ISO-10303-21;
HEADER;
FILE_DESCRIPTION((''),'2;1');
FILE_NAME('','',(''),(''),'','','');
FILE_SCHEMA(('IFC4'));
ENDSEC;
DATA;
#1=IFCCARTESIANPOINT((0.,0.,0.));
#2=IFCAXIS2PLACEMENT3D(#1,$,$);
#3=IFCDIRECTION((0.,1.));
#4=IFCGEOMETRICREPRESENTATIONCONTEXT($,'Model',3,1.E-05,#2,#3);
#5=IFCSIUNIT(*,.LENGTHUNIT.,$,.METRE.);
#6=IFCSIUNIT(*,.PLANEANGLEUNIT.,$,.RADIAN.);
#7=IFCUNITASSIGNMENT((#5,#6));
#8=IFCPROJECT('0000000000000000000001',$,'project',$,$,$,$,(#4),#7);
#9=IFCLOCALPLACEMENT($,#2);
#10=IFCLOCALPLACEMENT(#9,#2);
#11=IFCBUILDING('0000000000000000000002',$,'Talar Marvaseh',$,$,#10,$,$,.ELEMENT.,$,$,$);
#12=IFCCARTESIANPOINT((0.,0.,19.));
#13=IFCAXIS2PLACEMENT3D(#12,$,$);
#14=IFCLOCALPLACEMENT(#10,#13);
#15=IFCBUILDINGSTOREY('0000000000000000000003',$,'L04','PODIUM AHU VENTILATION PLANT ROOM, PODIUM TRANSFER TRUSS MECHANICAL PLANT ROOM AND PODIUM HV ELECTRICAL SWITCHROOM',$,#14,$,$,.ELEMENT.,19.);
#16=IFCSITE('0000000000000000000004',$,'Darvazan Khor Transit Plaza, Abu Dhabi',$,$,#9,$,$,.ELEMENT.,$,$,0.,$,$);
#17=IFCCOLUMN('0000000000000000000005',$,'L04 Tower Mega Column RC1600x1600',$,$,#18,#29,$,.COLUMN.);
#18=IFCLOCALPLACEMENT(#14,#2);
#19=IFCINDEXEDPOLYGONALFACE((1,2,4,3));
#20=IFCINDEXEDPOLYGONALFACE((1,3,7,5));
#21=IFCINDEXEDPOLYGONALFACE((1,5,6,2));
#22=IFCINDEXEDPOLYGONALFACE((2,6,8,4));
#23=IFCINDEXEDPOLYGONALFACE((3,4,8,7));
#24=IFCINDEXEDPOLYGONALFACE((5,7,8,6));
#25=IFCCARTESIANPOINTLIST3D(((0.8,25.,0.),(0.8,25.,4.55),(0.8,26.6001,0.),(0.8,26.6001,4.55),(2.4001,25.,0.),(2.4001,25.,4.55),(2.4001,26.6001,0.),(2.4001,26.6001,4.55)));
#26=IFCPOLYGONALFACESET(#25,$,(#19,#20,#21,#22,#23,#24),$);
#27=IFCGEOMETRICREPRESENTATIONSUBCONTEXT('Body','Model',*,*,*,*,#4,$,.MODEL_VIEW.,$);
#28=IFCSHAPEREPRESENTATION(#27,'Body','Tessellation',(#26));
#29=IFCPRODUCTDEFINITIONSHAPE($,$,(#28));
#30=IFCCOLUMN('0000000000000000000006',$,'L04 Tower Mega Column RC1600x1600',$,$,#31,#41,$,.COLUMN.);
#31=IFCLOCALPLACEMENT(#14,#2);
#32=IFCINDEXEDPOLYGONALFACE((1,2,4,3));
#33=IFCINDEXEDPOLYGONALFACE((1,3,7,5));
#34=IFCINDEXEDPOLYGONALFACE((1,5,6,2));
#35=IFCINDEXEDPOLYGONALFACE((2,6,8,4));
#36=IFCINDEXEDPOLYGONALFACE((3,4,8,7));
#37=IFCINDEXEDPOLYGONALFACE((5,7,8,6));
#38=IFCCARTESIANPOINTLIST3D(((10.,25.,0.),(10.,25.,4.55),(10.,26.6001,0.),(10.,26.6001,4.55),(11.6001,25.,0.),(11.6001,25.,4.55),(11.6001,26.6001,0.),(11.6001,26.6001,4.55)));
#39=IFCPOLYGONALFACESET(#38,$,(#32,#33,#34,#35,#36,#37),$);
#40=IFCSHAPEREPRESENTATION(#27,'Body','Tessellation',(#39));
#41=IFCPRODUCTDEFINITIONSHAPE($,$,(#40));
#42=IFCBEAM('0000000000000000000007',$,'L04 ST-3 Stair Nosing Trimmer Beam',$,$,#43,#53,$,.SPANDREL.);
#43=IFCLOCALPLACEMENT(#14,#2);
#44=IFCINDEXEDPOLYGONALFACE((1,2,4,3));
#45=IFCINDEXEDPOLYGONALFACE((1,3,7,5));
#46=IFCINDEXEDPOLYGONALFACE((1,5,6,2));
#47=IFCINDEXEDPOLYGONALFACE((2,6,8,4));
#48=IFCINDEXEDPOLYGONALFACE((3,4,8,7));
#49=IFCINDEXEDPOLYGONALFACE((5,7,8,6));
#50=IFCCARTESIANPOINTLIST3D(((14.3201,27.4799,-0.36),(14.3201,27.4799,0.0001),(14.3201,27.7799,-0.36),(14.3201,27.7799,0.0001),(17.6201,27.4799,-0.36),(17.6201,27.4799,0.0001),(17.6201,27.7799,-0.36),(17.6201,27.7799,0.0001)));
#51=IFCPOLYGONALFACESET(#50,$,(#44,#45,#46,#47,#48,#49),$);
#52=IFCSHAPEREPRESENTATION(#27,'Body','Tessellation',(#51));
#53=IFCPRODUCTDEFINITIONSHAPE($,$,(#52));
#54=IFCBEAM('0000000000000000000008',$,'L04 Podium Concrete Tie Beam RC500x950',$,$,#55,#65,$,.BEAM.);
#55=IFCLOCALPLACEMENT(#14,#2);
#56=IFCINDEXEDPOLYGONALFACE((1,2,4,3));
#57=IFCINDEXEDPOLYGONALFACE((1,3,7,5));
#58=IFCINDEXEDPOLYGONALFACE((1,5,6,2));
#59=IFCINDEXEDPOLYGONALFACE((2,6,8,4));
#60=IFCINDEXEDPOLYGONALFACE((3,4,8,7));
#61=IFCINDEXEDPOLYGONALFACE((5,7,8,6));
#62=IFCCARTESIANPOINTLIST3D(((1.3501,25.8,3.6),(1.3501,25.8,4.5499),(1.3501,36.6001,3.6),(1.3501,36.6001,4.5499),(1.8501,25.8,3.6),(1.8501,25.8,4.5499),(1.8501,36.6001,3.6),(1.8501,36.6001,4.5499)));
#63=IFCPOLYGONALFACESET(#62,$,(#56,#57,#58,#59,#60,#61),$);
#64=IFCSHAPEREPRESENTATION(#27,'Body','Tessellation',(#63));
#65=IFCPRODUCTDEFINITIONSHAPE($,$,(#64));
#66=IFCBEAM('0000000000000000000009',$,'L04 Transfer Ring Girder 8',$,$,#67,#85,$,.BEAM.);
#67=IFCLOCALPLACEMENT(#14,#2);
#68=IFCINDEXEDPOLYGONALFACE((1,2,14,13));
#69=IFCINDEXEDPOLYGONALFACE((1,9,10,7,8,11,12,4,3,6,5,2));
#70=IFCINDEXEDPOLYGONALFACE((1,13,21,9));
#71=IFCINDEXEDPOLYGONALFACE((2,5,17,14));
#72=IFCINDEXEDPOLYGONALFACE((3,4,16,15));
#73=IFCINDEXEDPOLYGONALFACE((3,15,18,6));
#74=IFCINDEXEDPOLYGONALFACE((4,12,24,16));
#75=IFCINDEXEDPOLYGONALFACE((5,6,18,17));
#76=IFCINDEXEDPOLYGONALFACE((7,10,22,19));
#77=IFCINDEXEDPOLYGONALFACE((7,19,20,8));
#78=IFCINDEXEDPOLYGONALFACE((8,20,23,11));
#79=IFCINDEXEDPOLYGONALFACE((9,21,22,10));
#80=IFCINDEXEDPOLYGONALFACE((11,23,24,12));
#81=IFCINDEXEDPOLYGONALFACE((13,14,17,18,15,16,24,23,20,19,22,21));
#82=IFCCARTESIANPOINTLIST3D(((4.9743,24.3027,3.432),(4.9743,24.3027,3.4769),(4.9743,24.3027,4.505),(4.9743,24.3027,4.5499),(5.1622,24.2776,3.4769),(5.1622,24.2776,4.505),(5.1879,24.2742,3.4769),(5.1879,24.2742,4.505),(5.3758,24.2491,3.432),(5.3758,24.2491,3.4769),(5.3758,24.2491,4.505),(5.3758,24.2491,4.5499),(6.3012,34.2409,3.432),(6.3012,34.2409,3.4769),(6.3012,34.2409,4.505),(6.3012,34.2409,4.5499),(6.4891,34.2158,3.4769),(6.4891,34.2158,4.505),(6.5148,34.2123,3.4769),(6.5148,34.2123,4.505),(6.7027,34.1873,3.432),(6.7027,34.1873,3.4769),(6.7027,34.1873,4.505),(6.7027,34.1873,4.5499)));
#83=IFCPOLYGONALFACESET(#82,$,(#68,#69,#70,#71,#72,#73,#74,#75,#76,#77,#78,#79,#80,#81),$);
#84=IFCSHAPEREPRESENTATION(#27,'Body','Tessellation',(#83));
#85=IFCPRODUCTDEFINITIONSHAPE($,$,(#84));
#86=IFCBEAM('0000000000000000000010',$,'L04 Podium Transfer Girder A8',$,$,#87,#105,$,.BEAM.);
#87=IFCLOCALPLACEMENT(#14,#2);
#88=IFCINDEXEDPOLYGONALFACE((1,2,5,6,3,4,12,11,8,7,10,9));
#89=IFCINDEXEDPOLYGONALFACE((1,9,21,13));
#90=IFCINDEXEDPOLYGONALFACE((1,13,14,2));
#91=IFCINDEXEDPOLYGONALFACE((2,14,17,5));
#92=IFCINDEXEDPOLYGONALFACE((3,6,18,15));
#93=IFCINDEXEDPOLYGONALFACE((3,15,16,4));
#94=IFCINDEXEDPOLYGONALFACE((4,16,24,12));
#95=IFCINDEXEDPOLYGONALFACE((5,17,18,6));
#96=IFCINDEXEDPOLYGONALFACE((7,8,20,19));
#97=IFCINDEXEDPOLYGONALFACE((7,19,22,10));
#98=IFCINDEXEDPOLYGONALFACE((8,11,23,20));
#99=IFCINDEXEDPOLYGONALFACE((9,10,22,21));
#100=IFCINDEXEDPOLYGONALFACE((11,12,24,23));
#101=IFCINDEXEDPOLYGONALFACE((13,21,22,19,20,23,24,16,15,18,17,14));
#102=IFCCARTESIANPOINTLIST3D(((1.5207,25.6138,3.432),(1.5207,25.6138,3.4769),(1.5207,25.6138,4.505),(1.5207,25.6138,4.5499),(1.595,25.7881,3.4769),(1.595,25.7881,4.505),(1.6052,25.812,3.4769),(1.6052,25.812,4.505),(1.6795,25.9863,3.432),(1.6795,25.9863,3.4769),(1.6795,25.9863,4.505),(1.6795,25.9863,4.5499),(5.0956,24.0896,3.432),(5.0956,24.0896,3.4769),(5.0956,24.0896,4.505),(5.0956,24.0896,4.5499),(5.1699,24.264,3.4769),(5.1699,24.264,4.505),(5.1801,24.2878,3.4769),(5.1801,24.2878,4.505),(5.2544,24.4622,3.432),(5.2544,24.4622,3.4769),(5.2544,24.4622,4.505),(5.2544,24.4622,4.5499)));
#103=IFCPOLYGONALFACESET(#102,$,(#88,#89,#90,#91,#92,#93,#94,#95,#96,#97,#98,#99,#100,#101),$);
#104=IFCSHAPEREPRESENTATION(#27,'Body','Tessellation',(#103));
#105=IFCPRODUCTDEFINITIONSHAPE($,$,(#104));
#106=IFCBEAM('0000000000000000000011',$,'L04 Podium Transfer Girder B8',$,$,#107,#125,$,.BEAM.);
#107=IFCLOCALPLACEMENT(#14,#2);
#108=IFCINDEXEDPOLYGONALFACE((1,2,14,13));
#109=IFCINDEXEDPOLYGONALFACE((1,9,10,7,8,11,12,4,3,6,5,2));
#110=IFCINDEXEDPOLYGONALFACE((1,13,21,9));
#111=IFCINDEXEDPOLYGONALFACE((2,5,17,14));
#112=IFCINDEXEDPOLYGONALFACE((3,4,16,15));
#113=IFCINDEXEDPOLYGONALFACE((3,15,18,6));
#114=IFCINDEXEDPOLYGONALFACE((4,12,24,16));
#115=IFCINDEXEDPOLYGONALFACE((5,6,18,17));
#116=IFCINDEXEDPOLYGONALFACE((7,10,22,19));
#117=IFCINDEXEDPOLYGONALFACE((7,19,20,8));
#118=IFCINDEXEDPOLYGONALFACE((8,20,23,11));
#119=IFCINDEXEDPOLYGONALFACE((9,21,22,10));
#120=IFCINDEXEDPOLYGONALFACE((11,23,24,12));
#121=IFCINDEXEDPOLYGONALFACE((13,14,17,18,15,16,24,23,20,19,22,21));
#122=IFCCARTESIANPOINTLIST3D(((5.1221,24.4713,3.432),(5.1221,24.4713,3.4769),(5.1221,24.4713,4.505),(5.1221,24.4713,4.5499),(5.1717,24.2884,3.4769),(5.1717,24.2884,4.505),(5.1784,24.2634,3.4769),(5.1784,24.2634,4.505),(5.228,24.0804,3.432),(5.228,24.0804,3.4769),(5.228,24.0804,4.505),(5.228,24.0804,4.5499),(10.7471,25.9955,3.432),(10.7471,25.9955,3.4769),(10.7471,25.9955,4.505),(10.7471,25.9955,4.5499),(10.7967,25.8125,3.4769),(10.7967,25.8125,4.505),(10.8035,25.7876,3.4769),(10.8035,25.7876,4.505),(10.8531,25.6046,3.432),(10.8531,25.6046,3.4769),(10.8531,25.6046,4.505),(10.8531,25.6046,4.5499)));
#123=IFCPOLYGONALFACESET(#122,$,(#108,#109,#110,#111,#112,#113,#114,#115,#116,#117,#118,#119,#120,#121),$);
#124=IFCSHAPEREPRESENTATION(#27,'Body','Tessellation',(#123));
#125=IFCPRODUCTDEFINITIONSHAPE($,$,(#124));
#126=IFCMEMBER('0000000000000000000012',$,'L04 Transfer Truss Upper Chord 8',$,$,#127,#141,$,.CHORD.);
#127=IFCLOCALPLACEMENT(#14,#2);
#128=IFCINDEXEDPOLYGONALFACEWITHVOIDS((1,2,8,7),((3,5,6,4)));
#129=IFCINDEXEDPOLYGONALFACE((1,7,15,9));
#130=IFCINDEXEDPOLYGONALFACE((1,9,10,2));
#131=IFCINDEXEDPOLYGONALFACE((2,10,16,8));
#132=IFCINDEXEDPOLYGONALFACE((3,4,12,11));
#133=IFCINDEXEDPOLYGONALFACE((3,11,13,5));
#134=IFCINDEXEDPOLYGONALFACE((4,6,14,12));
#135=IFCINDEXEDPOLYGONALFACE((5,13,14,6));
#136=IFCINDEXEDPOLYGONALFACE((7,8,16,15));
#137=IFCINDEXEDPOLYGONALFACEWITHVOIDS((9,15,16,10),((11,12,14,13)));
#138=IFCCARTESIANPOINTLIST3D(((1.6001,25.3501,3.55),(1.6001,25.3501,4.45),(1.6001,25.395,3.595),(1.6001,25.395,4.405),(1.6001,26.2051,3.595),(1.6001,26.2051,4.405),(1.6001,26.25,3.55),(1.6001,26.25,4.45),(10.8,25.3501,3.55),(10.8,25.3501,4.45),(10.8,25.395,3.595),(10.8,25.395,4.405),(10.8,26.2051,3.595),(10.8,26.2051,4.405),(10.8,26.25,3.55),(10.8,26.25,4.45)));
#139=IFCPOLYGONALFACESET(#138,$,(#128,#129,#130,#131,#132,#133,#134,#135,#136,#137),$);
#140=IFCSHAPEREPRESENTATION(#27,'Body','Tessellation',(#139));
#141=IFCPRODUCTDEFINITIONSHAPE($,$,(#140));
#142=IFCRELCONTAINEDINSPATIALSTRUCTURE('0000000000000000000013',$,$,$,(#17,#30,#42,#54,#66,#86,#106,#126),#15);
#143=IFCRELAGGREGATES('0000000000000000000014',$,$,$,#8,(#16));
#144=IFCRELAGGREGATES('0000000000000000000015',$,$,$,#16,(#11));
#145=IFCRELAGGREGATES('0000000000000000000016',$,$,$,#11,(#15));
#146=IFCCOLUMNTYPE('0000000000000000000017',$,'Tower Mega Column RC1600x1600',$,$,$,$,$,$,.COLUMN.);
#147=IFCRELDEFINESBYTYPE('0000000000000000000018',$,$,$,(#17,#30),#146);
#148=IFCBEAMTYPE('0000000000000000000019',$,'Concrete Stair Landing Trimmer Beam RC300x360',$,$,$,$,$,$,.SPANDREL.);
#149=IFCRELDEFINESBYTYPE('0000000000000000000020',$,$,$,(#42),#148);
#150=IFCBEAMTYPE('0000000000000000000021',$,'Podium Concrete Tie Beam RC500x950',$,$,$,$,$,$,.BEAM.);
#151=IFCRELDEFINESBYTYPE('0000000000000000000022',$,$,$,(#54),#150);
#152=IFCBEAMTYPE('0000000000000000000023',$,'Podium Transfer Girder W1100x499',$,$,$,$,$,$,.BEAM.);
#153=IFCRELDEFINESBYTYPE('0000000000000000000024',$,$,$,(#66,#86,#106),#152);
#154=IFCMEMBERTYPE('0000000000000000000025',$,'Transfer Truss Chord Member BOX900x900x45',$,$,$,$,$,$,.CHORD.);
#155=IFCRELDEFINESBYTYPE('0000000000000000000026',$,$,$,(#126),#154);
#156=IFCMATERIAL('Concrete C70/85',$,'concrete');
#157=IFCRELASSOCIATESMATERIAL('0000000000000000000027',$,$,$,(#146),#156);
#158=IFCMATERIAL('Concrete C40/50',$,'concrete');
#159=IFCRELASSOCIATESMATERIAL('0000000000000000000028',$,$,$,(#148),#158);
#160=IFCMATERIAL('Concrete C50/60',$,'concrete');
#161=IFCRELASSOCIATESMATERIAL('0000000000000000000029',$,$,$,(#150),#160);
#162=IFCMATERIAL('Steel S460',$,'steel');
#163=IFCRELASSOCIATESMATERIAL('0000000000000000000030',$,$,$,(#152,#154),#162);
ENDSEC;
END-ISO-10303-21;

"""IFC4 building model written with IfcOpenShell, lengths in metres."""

from ifc_helpers import new_model, si_unit, direction, frame, origin, origin_2d, place, context, subcontext, project, spatial, rectangle, hollow_rectangle, i_section, extrude, source, transform, mapped, material, material_profile, profile_set, type_object, type_shapes, element, save


model = new_model("IFC4")

# Units and contexts
model_context = context("Model", 3, precision=1e-05, world=origin(), true_north=direction((0.0, 1.0)))
body_context = subcontext(model_context, "Body", "Model", "MODEL_VIEW")
ifc_project = project(units=[si_unit("LENGTHUNIT", "METRE"), si_unit("PLANEANGLEUNIT", "RADIAN")], contexts=[model_context])

# Site, building, storey
site_placement = place(None, origin())
site = spatial("IfcSite", under=ifc_project, at=site_placement, Name="Darvazan Khor Transit Plaza, Abu Dhabi", CompositionType="ELEMENT", RefElevation=0.0)
building_placement = place(site_placement, origin())
building = spatial("IfcBuilding", under=site, at=building_placement, Name="Talar Marvaseh", CompositionType="ELEMENT")
storey_placement = place(building_placement, frame((0.0, 0.0, 19.0)))
storey = spatial("IfcBuildingStorey", under=building, at=storey_placement, Name="L04", Description="PODIUM AHU VENTILATION PLANT ROOM, PODIUM TRANSFER TRUSS MECHANICAL PLANT ROOM AND PODIUM HV ELECTRICAL SWITCHROOM", CompositionType="ELEMENT", Elevation=19.0)

# Columns
ifc_material_1 = material(Name="Concrete C70/85", Category="concrete")
ifc_material_profile_1 = material_profile(ifc_material_1, rectangle(XDim=1.6001, YDim=1.6001, at=origin_2d()), Name="RC1600x1600")
ifc_profile_set_1 = profile_set([ifc_material_profile_1], Name="Concrete C70/85")
column_type = type_object("IfcColumnType", Name="Tower Mega Column RC1600x1600", PredefinedType="COLUMN", material=ifc_profile_set_1)
for number, where, z_axis, x_axis, name in (
    (1, (1.6001, 25.8, 0.0), (0.0, 0.0, 1.0), (1.0, 0.0, 0.0), "L04 Tower Mega Column RC1600x1600"),
    (2, (10.8, 25.8, 0.0), (0.0, 0.0, 1.0), (1.0, 0.0, 0.0), "L04 Tower Mega Column RC1600x1600"),
):
    element("IfcColumn", number, at=place(storey_placement, frame(where, z_axis=z_axis, x_axis=x_axis)), inside=storey, type_object=column_type, Name=name, PredefinedType="COLUMN", context=body_context, shape_type="SweptSolid", body=[
        extrude(rectangle(XDim=1.6001, YDim=1.6001, at=origin_2d()), origin(), (0.0, 0.0, 1.0), 4.55),
    ])

# Beams
ifc_material_2 = material(Name="Concrete C40/50", Category="concrete")
ifc_material_profile_2 = material_profile(ifc_material_2, rectangle(XDim=0.3, YDim=0.3601, at=origin_2d()), Name="RC300x360")
ifc_profile_set_2 = profile_set([ifc_material_profile_2], Name="Concrete C40/50")
beam_type_1 = type_object("IfcBeamType", Name="Concrete Stair Landing Trimmer Beam RC300x360", PredefinedType="SPANDREL", material=ifc_profile_set_2)
beam_1_placement = place(storey_placement, frame((17.6201, 27.6299, -0.1799), z_axis=(-1.0, 0.0, 0.0), x_axis=(0.0, -1.0, 0.0)))
element("IfcBeam", 3, at=beam_1_placement, inside=storey, type_object=beam_type_1, Name="L04 ST-3 Stair Nosing Trimmer Beam", PredefinedType="SPANDREL", context=body_context, shape_type="SweptSolid", body=[
    extrude(rectangle(XDim=0.3, YDim=0.3601, at=origin_2d()), origin(), (0.0, 0.0, 1.0), 3.3),
])
ifc_material_3 = material(Name="Concrete C50/60", Category="concrete")
ifc_material_profile_3 = material_profile(ifc_material_3, rectangle(XDim=0.5, YDim=0.95, at=origin_2d()), Name="RC500x950")
ifc_profile_set_3 = profile_set([ifc_material_profile_3], Name="Concrete C50/60")
beam_type_2 = type_object("IfcBeamType", Name="Podium Concrete Tie Beam RC500x950", PredefinedType="BEAM", material=ifc_profile_set_3)
beam_2_placement = place(storey_placement, frame((1.6001, 25.8, 4.075), z_axis=(0.0, 1.0, 0.0), x_axis=(-1.0, 0.0, 0.0)))
element("IfcBeam", 4, at=beam_2_placement, inside=storey, type_object=beam_type_2, Name="L04 Podium Concrete Tie Beam RC500x950", PredefinedType="BEAM", context=body_context, shape_type="SweptSolid", body=[
    extrude(rectangle(XDim=0.5, YDim=0.95, at=origin_2d()), origin(), (0.0, 0.0, 1.0), 10.8),
])
ifc_material_4 = material(Name="Steel S460", Category="steel")
ifc_material_profile_4 = material_profile(ifc_material_4, i_section(OverallWidth=0.405, OverallDepth=1.1179, WebThickness=0.0259, FlangeThickness=0.0449, at=origin_2d()), Name="W1100x499")
ifc_profile_set_4 = profile_set([ifc_material_profile_4], Name="Steel S460")
beam_type_3 = type_object("IfcBeamType", Name="Podium Transfer Girder W1100x499", PredefinedType="BEAM", material=ifc_profile_set_4)
beam_3_placement = place(storey_placement, frame((5.175, 24.2759, 3.991), z_axis=(0.132341, 0.991204, 0.0), x_axis=(-0.991204, 0.132341, 0.0)))
element("IfcBeam", 5, at=beam_3_placement, inside=storey, type_object=beam_type_3, Name="L04 Transfer Ring Girder 8", PredefinedType="BEAM", context=body_context, shape_type="SweptSolid", body=[
    extrude(i_section(OverallWidth=0.405, OverallDepth=1.1179, WebThickness=0.0259, FlangeThickness=0.0449, at=origin_2d()), origin(), (0.0, 0.0, 1.0), 10.0264),
])
beam_4_placement = place(storey_placement, frame((1.6001, 25.8, 3.991), z_axis=(0.919884, -0.39219, 0.0), x_axis=(0.39219, 0.919884, 0.0)))
element("IfcBeam", 6, at=beam_4_placement, inside=storey, type_object=beam_type_3, Name="L04 Podium Transfer Girder A8", PredefinedType="BEAM", context=body_context, shape_type="SweptSolid", body=[
    extrude(i_section(OverallWidth=0.405, OverallDepth=1.1179, WebThickness=0.0259, FlangeThickness=0.0449, at=origin_2d()), origin(), (0.0, 0.0, 1.0), 3.8862),
])
beam_5_placement = place(storey_placement, frame((5.175, 24.2759, 3.991), z_axis=(0.965195, 0.261533, 0.0), x_axis=(-0.261533, 0.965195, 0.0)))
element("IfcBeam", 7, at=beam_5_placement, inside=storey, type_object=beam_type_3, Name="L04 Podium Transfer Girder B8", PredefinedType="BEAM", context=body_context, shape_type="SweptSolid", body=[
    extrude(i_section(OverallWidth=0.405, OverallDepth=1.1179, WebThickness=0.0259, FlangeThickness=0.0449, at=origin_2d()), origin(), (0.0, 0.0, 1.0), 5.8279),
])

# Member
ifc_material_profile_5 = material_profile(ifc_material_4, hollow_rectangle(XDim=0.8999, YDim=0.8999, WallThickness=0.0449, at=origin_2d()), Name="BOX900x900x45")
ifc_profile_set_5 = profile_set([ifc_material_profile_5], Name="Steel S460")
member_type_1 = type_object("IfcMemberType", Name="Transfer Truss Chord Member BOX900x900x45", PredefinedType="CHORD", material=ifc_profile_set_5)
shared_shape_1 = source(origin(), body_context, "Body", "SweptSolid", [
    extrude(hollow_rectangle(XDim=0.8999, YDim=0.8999, WallThickness=0.0449, at=origin_2d()), origin(), (0.0, 0.0, 1.0), 9.2),
])
type_shapes(member_type_1, [shared_shape_1])
member_1_placement = place(storey_placement, frame((1.6001, 25.8, 4.0), z_axis=(1.0, 0.0, 0.0), x_axis=(0.0, 1.0, 0.0)))
element("IfcMember", 8, at=member_1_placement, inside=storey, type_object=member_type_1, Name="L04 Transfer Truss Upper Chord 8", PredefinedType="CHORD", context=body_context, shape_type="MappedRepresentation", body=[
    mapped(shared_shape_1, transform((0.0, 0.0, 0.0), x_axis=(1.0, 0.0, 0.0), y_axis=(0.0, 1.0, 0.0), z_axis=(0.0, 0.0, 1.0), scale=1.0)),
])

save(model, "model.ifc")
